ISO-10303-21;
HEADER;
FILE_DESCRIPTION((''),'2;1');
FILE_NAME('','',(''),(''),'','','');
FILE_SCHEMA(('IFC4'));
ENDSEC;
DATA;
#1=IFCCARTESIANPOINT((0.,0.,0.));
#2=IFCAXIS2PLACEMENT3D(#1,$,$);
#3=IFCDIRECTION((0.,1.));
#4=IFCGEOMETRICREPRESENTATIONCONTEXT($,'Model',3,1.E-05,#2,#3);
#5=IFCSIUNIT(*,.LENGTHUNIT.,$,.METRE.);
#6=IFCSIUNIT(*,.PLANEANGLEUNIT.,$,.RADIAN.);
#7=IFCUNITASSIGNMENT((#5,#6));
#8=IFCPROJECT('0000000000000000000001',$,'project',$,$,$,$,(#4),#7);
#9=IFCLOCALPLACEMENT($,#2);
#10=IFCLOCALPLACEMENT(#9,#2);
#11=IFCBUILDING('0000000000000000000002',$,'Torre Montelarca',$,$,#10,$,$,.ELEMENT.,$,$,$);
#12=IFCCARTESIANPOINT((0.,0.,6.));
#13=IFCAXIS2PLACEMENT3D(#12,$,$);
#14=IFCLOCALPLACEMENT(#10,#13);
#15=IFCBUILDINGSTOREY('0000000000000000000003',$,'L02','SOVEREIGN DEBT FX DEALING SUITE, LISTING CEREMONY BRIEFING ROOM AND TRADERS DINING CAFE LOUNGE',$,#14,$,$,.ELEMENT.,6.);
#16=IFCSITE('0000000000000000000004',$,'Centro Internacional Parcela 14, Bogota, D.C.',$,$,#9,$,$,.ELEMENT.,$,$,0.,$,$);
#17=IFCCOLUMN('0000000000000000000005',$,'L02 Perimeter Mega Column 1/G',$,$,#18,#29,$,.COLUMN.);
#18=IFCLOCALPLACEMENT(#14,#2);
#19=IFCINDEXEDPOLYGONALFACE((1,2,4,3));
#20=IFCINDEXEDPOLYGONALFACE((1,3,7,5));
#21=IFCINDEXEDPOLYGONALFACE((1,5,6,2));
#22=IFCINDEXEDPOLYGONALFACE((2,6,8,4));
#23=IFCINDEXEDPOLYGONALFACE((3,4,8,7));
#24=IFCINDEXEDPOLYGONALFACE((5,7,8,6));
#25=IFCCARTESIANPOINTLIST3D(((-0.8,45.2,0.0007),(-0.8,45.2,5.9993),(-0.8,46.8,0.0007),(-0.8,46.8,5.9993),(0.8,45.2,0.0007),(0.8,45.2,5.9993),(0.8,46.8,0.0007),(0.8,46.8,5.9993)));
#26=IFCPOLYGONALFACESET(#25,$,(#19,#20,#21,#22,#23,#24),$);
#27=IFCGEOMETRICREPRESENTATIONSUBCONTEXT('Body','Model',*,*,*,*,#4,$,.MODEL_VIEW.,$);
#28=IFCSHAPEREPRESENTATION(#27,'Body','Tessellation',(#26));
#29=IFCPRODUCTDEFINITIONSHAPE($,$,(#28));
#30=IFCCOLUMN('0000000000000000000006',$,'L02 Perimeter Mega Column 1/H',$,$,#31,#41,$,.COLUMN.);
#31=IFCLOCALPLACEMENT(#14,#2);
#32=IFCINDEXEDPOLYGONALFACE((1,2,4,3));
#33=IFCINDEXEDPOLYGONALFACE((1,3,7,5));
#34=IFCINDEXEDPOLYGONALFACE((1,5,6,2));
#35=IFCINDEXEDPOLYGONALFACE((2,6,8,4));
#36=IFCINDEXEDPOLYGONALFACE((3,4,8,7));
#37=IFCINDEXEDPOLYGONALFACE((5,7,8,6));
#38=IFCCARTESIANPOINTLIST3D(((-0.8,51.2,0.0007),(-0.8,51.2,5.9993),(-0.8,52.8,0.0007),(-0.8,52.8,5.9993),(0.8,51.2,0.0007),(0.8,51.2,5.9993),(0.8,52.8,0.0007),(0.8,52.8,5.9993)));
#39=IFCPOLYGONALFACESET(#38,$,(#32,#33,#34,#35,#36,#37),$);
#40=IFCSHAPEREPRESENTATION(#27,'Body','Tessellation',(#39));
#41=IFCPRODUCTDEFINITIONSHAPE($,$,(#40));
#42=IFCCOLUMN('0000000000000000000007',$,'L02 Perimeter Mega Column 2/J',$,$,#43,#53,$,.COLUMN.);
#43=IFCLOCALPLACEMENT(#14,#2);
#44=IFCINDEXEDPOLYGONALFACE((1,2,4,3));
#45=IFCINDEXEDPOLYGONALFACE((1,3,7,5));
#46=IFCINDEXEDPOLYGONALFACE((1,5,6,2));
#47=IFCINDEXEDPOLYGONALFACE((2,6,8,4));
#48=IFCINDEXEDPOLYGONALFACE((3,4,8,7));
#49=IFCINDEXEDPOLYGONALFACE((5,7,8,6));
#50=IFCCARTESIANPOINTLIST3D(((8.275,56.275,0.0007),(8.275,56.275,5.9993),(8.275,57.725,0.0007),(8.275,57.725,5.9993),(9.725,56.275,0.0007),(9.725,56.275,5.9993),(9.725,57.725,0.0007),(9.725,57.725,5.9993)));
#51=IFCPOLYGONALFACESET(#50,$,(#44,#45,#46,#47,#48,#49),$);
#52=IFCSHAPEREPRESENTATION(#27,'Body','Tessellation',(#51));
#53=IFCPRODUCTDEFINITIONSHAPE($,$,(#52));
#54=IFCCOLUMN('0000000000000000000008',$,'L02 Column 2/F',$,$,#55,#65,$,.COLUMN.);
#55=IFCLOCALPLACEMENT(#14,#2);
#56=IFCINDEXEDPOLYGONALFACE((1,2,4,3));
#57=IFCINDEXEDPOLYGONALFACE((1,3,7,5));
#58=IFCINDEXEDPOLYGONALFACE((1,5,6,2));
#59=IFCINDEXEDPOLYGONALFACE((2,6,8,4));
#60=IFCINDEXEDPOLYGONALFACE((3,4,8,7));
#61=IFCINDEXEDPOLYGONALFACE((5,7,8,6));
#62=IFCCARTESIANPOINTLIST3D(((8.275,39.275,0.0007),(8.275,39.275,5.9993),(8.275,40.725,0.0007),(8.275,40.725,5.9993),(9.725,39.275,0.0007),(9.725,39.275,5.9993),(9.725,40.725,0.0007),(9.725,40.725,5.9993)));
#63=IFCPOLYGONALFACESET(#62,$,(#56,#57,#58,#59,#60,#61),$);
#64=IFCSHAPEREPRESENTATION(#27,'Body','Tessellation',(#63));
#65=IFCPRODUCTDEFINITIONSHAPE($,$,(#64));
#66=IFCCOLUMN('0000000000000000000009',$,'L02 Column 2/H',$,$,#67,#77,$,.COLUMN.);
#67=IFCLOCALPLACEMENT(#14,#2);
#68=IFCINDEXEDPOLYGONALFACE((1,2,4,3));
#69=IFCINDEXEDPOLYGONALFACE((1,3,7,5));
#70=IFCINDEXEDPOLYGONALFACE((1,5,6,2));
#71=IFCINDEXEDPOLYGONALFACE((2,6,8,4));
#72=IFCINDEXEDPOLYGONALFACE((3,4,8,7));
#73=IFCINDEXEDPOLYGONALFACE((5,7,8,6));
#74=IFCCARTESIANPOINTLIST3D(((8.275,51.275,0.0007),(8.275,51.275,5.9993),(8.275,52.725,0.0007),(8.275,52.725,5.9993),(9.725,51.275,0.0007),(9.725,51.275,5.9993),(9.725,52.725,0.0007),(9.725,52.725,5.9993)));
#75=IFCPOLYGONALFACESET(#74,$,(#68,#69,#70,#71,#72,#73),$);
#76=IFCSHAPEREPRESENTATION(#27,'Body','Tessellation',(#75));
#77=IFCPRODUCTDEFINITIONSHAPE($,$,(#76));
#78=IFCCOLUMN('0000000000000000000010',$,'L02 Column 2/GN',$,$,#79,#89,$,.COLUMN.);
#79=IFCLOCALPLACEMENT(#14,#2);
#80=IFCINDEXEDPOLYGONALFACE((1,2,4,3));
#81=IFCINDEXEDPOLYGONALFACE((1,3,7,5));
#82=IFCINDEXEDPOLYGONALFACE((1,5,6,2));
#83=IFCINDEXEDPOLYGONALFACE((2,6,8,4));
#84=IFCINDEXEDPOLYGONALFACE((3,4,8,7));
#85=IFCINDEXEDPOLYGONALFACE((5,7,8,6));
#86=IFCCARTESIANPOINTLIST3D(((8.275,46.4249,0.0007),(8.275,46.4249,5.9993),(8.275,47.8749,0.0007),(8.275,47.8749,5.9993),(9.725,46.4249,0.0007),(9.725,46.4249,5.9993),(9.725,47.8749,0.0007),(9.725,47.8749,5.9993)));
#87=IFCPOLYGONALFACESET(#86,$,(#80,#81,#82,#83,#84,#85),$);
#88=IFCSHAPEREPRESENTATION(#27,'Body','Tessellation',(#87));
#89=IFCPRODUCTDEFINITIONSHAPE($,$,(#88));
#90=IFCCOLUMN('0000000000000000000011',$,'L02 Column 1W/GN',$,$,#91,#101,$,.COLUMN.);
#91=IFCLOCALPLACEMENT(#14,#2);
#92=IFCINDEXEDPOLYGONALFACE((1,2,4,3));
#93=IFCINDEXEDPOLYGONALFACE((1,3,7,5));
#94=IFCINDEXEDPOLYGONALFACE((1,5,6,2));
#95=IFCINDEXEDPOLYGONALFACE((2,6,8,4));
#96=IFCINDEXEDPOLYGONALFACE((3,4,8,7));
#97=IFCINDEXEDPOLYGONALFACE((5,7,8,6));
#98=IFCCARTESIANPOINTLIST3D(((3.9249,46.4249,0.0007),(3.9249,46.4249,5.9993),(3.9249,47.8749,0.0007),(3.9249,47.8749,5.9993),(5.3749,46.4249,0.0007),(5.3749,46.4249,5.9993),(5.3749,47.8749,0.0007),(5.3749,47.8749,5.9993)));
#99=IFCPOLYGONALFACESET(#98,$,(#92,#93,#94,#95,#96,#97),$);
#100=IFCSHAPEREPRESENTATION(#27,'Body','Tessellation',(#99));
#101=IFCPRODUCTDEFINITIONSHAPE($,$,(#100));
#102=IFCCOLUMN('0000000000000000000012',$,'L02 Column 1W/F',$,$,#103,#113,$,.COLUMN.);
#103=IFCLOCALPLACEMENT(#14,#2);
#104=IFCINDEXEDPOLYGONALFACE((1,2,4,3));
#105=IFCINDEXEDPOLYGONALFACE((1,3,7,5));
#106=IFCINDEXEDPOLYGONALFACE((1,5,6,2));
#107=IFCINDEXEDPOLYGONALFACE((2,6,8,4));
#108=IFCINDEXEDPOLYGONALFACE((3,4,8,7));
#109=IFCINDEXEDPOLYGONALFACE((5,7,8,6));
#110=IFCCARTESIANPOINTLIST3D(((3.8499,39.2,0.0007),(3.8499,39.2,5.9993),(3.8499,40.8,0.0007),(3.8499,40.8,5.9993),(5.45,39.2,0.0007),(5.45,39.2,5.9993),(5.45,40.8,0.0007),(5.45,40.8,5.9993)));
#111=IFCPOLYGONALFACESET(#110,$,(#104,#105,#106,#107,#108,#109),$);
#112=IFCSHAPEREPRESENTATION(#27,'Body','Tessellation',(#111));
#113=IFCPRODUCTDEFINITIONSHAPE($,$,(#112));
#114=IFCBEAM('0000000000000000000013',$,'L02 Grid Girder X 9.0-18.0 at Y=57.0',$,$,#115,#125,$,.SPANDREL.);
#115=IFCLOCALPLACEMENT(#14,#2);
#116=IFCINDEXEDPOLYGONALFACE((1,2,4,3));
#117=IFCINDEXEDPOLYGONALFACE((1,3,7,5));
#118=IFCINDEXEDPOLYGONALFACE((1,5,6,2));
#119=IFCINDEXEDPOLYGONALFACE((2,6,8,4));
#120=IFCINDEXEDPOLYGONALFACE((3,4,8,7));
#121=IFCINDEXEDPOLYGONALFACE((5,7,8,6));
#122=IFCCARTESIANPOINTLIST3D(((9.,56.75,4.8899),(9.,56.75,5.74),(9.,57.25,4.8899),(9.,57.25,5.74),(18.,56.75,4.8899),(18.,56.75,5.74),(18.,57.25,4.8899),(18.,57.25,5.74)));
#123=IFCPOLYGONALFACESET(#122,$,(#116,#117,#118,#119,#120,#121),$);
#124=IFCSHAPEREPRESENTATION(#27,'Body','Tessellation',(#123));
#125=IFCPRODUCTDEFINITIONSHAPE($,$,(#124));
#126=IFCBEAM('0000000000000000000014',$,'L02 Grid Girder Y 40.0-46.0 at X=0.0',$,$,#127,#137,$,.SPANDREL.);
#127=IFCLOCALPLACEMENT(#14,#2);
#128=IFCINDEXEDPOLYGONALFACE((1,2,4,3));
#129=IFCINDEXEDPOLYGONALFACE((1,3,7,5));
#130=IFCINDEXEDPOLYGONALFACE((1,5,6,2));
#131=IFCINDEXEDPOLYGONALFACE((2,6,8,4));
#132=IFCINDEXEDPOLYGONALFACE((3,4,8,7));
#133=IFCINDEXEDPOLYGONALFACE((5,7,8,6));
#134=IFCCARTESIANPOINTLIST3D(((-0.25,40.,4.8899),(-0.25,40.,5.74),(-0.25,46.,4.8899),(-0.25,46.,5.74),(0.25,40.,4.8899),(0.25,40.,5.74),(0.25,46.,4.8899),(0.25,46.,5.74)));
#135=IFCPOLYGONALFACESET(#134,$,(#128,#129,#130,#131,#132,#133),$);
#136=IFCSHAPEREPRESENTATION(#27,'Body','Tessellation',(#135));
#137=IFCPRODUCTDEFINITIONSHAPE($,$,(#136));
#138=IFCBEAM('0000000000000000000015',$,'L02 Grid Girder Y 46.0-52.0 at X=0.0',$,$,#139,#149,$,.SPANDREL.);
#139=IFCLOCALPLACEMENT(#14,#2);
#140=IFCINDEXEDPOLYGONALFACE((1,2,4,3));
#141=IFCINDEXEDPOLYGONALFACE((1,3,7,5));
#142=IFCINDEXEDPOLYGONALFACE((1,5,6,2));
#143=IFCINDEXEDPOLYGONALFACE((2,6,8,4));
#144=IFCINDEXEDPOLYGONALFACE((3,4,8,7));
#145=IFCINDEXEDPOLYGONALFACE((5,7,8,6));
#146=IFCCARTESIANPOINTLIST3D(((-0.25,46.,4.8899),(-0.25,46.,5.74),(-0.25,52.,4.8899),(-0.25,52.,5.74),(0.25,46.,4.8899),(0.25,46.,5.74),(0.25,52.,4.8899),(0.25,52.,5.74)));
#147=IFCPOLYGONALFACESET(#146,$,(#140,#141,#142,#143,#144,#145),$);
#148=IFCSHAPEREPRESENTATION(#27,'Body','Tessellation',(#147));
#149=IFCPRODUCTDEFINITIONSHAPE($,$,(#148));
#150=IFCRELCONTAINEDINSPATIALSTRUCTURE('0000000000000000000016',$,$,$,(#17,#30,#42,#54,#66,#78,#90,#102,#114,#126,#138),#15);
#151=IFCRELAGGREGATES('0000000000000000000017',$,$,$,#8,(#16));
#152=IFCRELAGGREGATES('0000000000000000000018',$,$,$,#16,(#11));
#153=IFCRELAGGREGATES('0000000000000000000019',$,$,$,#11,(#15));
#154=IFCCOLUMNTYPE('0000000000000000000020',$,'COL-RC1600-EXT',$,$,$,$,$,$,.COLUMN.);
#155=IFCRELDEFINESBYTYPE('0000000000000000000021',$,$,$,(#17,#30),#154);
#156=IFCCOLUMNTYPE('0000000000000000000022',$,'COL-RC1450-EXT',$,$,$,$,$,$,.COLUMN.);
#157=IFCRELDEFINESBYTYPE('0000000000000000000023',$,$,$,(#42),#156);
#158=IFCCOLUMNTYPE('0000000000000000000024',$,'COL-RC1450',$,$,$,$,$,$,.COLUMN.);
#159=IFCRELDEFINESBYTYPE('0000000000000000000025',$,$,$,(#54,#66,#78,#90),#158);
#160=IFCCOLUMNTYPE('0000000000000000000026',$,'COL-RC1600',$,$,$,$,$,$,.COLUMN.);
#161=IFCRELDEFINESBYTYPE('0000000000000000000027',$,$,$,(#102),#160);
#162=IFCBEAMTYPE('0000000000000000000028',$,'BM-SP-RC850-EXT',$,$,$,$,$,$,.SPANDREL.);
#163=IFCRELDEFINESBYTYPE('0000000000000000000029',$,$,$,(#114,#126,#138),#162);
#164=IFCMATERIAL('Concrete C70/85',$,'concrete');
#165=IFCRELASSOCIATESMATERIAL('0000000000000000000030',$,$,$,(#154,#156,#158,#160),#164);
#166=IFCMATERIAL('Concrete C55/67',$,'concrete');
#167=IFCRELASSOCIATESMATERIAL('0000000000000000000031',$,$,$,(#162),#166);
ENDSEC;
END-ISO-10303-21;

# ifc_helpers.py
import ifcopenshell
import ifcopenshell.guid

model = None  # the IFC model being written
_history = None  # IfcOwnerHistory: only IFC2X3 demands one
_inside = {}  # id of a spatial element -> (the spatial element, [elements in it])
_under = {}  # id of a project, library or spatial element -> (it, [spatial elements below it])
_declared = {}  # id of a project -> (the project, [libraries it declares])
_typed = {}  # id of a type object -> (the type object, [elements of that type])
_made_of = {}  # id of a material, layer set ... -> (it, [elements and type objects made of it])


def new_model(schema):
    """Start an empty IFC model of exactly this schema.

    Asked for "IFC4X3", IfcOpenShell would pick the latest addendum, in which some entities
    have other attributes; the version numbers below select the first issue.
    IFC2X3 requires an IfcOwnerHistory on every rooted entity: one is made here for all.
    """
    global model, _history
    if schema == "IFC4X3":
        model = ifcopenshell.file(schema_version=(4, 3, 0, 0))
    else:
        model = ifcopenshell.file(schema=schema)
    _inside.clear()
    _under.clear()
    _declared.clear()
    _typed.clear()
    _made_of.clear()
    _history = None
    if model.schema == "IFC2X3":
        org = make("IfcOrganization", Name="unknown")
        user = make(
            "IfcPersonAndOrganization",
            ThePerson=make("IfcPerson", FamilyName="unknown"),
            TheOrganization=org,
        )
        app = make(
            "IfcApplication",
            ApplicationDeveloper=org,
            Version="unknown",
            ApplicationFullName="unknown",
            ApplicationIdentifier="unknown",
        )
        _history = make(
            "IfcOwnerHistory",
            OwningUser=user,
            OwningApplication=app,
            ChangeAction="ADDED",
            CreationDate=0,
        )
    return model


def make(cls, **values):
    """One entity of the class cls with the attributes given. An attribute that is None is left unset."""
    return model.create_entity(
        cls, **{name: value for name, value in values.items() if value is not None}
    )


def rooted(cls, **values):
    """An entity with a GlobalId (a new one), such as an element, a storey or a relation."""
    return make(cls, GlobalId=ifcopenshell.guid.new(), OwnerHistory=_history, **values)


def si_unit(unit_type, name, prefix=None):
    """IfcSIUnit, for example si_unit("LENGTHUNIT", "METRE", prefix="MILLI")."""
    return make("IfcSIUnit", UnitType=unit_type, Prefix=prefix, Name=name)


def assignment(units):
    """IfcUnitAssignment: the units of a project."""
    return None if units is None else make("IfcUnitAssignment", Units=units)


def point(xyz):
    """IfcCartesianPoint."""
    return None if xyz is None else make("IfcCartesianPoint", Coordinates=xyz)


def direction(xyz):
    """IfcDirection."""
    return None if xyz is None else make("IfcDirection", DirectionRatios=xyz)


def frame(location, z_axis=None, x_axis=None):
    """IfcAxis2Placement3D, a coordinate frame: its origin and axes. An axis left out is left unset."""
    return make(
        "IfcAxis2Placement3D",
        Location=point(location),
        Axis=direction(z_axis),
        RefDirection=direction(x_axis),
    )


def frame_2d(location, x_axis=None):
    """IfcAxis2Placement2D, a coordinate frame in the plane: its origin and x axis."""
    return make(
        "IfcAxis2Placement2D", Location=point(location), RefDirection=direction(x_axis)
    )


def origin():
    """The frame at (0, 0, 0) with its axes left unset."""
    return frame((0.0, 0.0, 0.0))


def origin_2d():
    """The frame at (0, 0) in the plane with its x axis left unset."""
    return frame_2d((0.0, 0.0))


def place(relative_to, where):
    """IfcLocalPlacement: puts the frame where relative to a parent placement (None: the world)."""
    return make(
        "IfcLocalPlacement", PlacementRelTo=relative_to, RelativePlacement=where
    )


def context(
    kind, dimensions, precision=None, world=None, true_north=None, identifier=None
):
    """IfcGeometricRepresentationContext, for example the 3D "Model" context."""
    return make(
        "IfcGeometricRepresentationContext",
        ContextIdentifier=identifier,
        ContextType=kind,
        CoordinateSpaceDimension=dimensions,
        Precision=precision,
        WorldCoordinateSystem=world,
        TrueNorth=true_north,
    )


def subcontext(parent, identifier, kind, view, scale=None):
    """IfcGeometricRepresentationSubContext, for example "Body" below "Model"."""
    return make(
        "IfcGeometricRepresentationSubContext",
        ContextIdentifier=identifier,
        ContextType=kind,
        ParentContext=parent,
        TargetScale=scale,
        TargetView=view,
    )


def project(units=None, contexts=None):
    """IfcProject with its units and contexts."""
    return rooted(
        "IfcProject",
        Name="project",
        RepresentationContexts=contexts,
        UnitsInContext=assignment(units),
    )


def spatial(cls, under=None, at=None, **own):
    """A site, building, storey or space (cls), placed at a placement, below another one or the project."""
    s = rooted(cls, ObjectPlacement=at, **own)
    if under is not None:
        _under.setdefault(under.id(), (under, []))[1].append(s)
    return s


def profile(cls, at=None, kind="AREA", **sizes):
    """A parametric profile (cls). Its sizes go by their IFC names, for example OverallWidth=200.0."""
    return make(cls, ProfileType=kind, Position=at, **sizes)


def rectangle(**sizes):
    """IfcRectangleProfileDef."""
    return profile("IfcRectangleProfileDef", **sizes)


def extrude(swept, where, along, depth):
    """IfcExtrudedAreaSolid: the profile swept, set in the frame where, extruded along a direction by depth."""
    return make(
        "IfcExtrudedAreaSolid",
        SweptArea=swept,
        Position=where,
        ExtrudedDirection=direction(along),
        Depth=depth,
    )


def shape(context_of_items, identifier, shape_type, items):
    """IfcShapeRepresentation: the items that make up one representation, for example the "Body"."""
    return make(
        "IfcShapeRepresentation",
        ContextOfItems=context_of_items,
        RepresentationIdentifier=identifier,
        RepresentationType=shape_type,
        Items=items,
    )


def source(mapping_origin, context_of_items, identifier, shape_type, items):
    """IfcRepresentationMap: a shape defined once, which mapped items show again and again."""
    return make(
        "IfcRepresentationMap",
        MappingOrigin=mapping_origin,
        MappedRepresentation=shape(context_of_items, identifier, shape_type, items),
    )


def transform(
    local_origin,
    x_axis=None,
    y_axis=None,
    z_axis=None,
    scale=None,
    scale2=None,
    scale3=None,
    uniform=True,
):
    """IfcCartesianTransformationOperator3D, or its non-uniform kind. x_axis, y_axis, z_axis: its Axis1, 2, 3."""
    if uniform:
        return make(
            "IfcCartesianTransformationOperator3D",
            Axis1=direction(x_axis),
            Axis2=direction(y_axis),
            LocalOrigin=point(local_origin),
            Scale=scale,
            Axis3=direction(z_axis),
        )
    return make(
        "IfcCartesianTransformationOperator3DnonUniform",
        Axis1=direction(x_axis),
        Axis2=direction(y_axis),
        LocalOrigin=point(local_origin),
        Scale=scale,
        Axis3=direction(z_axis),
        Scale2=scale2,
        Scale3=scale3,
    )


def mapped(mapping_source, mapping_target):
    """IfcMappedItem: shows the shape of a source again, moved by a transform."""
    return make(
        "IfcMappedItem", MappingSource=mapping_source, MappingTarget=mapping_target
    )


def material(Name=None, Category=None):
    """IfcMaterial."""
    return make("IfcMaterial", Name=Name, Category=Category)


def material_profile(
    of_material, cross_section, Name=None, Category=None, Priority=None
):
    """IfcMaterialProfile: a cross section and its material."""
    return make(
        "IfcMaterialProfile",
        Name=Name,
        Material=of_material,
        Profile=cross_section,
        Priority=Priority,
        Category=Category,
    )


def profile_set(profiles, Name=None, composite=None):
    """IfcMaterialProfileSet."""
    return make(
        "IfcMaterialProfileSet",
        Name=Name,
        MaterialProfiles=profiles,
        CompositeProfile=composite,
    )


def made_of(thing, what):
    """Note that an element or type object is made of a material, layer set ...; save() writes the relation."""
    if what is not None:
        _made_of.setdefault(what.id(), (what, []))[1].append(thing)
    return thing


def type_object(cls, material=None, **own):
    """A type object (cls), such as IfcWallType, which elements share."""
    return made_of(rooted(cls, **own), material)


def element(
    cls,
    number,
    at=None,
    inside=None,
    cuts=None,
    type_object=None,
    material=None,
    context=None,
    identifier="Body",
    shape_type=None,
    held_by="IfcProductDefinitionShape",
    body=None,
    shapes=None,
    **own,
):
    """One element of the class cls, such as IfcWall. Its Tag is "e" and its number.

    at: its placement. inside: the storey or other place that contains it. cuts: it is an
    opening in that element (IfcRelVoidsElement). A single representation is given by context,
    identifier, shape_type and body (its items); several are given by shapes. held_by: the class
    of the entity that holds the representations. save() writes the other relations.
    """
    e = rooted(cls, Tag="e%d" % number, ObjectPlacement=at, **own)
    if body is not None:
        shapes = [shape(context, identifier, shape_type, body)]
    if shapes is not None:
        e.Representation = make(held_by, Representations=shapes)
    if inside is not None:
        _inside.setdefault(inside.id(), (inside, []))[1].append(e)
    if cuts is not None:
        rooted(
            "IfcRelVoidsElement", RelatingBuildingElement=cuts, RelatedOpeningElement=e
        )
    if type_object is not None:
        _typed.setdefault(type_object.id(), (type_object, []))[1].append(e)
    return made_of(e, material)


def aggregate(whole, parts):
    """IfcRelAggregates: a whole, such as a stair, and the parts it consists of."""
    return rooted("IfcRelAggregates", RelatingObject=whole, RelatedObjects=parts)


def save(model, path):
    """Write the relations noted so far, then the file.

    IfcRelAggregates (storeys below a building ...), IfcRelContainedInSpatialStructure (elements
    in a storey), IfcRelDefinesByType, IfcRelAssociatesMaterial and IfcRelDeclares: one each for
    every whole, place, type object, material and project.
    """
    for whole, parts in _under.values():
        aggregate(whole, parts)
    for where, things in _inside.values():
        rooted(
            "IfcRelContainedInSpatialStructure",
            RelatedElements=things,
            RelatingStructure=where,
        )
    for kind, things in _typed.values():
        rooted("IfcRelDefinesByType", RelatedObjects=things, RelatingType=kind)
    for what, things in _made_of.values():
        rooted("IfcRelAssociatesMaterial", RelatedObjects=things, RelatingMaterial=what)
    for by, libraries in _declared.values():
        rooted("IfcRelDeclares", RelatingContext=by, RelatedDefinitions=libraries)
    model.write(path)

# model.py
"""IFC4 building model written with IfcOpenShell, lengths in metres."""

from ifc_helpers import new_model, si_unit, direction, frame, origin, origin_2d, place, context, subcontext, project, spatial, rectangle, extrude, source, transform, mapped, material, material_profile, profile_set, type_object, element, save


model = new_model("IFC4")

# Units and contexts
model_context = context("Model", 3, precision=1e-05, world=origin(), true_north=direction((0.0, 1.0)))
body_context = subcontext(model_context, "Body", "Model", "MODEL_VIEW")
ifc_project = project(units=[si_unit("LENGTHUNIT", "METRE"), si_unit("PLANEANGLEUNIT", "RADIAN")], contexts=[model_context])

# Site, building, storey
site_placement = place(None, origin())
site = spatial("IfcSite", under=ifc_project, at=site_placement, Name="Centro Internacional Parcela 14, Bogota, D.C.", CompositionType="ELEMENT", RefElevation=0.0)
building_placement = place(site_placement, origin())
building = spatial("IfcBuilding", under=site, at=building_placement, Name="Torre Montelarca", CompositionType="ELEMENT")
storey_placement = place(building_placement, frame((0.0, 0.0, 6.0)))
storey = spatial("IfcBuildingStorey", under=building, at=storey_placement, Name="L02", Description="SOVEREIGN DEBT FX DEALING SUITE, LISTING CEREMONY BRIEFING ROOM AND TRADERS DINING CAFE LOUNGE", CompositionType="ELEMENT", Elevation=6.0)

# Columns
ifc_material_1 = material(Name="Concrete C70/85", Category="concrete")
ifc_material_profile_1 = material_profile(ifc_material_1, rectangle(XDim=1.6001, YDim=1.6001, at=origin_2d()), Name="RC1600X1600", Category="concrete")
ifc_profile_set_1 = profile_set([ifc_material_profile_1], Name="Concrete C70/85")
column_type_1 = type_object("IfcColumnType", Name="COL-RC1600-EXT", PredefinedType="COLUMN", material=ifc_profile_set_1)
shared_shape_1 = source(origin(), body_context, "Body", "SweptSolid", [
    extrude(rectangle(XDim=1.6001, YDim=1.6001, at=origin_2d()), origin(), (0.0, 0.0, 1.0), 5.9985),
])
for number, where, z_axis, x_axis, name in (
    (1, (0.0, 46.0, 0.0007), (0.0, 0.0, 1.0), (1.0, 0.0, 0.0), "L02 Perimeter Mega Column 1/G"),
    (2, (0.0, 52.0, 0.0007), (0.0, 0.0, 1.0), (1.0, 0.0, 0.0), "L02 Perimeter Mega Column 1/H"),
):
    element("IfcColumn", number, at=place(storey_placement, frame(where, z_axis=z_axis, x_axis=x_axis)), inside=storey, type_object=column_type_1, Name=name, PredefinedType="COLUMN", context=body_context, shape_type="MappedRepresentation", body=[
        mapped(shared_shape_1, transform((0.0, 0.0, 0.0), scale=1.0)),
    ])
ifc_material_profile_2 = material_profile(ifc_material_1, rectangle(XDim=1.45, YDim=1.45, at=origin_2d()), Name="RC1450X1450", Category="concrete")
ifc_profile_set_2 = profile_set([ifc_material_profile_2], Name="Concrete C70/85")
column_type_2 = type_object("IfcColumnType", Name="COL-RC1450-EXT", PredefinedType="COLUMN", material=ifc_profile_set_2)
shared_shape_2 = source(origin(), body_context, "Body", "SweptSolid", [
    extrude(rectangle(XDim=1.45, YDim=1.45, at=origin_2d()), origin(), (0.0, 0.0, 1.0), 5.9985),
])
column_1_placement = place(storey_placement, frame((9.0, 57.0, 0.0007), z_axis=(0.0, 0.0, 1.0), x_axis=(1.0, 0.0, 0.0)))
element("IfcColumn", 3, at=column_1_placement, inside=storey, type_object=column_type_2, Name="L02 Perimeter Mega Column 2/J", PredefinedType="COLUMN", context=body_context, shape_type="MappedRepresentation", body=[
    mapped(shared_shape_2, transform((0.0, 0.0, 0.0), scale=1.0)),
])
ifc_material_profile_3 = material_profile(ifc_material_1, rectangle(XDim=1.45, YDim=1.45, at=origin_2d()), Name="RC1450X1450", Category="concrete")
ifc_profile_set_3 = profile_set([ifc_material_profile_3], Name="Concrete C70/85")
column_type_3 = type_object("IfcColumnType", Name="COL-RC1450", PredefinedType="COLUMN", material=ifc_profile_set_3)
shared_shape_3 = source(origin(), body_context, "Body", "SweptSolid", [
    extrude(rectangle(XDim=1.45, YDim=1.45, at=origin_2d()), origin(), (0.0, 0.0, 1.0), 5.9985),
])
for number, where, z_axis, x_axis, name in (
    (4, (9.0, 40.0, 0.0007), (0.0, 0.0, 1.0), (1.0, 0.0, 0.0), "L02 Column 2/F"),
    (5, (9.0, 52.0, 0.0007), (0.0, 0.0, 1.0), (1.0, 0.0, 0.0), "L02 Column 2/H"),
    (6, (9.0, 47.1499, 0.0007), (0.0, 0.0, 1.0), (1.0, 0.0, 0.0), "L02 Column 2/GN"),
    (7, (4.6499, 47.1499, 0.0007), (0.0, 0.0, 1.0), (1.0, 0.0, 0.0), "L02 Column 1W/GN"),
):
    element("IfcColumn", number, at=place(storey_placement, frame(where, z_axis=z_axis, x_axis=x_axis)), inside=storey, type_object=column_type_3, Name=name, PredefinedType="COLUMN", context=body_context, shape_type="MappedRepresentation", body=[
        mapped(shared_shape_3, transform((0.0, 0.0, 0.0), scale=1.0)),
    ])
ifc_material_profile_4 = material_profile(ifc_material_1, rectangle(XDim=1.6001, YDim=1.6001, at=origin_2d()), Name="RC1600X1600", Category="concrete")
ifc_profile_set_4 = profile_set([ifc_material_profile_4], Name="Concrete C70/85")
column_type_4 = type_object("IfcColumnType", Name="COL-RC1600", PredefinedType="COLUMN", material=ifc_profile_set_4)
shared_shape_4 = source(origin(), body_context, "Body", "SweptSolid", [
    extrude(rectangle(XDim=1.6001, YDim=1.6001, at=origin_2d()), origin(), (0.0, 0.0, 1.0), 5.9985),
])
column_2_placement = place(storey_placement, frame((4.6499, 40.0, 0.0007), z_axis=(0.0, 0.0, 1.0), x_axis=(1.0, 0.0, 0.0)))
element("IfcColumn", 8, at=column_2_placement, inside=storey, type_object=column_type_4, Name="L02 Column 1W/F", PredefinedType="COLUMN", context=body_context, shape_type="MappedRepresentation", body=[
    mapped(shared_shape_4, transform((0.0, 0.0, 0.0), scale=1.0)),
])

# Beams
ifc_material_2 = material(Name="Concrete C55/67", Category="concrete")
ifc_material_profile_5 = material_profile(ifc_material_2, rectangle(XDim=0.5, YDim=0.8501, at=origin_2d()), Name="RCB500X850", Category="concrete")
ifc_profile_set_5 = profile_set([ifc_material_profile_5], Name="Concrete C55/67")
beam_type_1 = type_object("IfcBeamType", Name="BM-SP-RC850-EXT", PredefinedType="SPANDREL", material=ifc_profile_set_5)
shared_shape_5 = source(origin(), body_context, "Body", "SweptSolid", [
    extrude(rectangle(XDim=0.5, YDim=0.8501, at=origin_2d()), origin(), (0.0, 0.0, 1.0), 9.0),
])
beam_1_placement = place(storey_placement, frame((9.0, 57.0, 5.3149), z_axis=(1.0, 0.0, 0.0), x_axis=(0.0, 1.0, 0.0)))
element("IfcBeam", 9, at=beam_1_placement, inside=storey, type_object=beam_type_1, Name="L02 Grid Girder X 9.0-18.0 at Y=57.0", PredefinedType="SPANDREL", context=body_context, shape_type="MappedRepresentation", body=[
    mapped(shared_shape_5, transform((0.0, 0.0, 0.0), scale=1.0)),
])
shared_shape_6 = source(origin(), body_context, "Body", "SweptSolid", [
    extrude(rectangle(XDim=0.5, YDim=0.8501, at=origin_2d()), origin(), (0.0, 0.0, 1.0), 6.0),
])
for number, where, z_axis, x_axis, name in (
    (10, (0.0, 40.0, 5.3149), (0.0, 1.0, 0.0), (-1.0, 0.0, 0.0), "L02 Grid Girder Y 40.0-46.0 at X=0.0"),
    (11, (0.0, 46.0, 5.3149), (0.0, 1.0, 0.0), (-1.0, 0.0, 0.0), "L02 Grid Girder Y 46.0-52.0 at X=0.0"),
):
    element("IfcBeam", number, at=place(storey_placement, frame(where, z_axis=z_axis, x_axis=x_axis)), inside=storey, type_object=beam_type_1, Name=name, PredefinedType="SPANDREL", context=body_context, shape_type="MappedRepresentation", body=[
        mapped(shared_shape_6, transform((0.0, 0.0, 0.0), scale=1.0)),
    ])

save(model, "model.ifc")
